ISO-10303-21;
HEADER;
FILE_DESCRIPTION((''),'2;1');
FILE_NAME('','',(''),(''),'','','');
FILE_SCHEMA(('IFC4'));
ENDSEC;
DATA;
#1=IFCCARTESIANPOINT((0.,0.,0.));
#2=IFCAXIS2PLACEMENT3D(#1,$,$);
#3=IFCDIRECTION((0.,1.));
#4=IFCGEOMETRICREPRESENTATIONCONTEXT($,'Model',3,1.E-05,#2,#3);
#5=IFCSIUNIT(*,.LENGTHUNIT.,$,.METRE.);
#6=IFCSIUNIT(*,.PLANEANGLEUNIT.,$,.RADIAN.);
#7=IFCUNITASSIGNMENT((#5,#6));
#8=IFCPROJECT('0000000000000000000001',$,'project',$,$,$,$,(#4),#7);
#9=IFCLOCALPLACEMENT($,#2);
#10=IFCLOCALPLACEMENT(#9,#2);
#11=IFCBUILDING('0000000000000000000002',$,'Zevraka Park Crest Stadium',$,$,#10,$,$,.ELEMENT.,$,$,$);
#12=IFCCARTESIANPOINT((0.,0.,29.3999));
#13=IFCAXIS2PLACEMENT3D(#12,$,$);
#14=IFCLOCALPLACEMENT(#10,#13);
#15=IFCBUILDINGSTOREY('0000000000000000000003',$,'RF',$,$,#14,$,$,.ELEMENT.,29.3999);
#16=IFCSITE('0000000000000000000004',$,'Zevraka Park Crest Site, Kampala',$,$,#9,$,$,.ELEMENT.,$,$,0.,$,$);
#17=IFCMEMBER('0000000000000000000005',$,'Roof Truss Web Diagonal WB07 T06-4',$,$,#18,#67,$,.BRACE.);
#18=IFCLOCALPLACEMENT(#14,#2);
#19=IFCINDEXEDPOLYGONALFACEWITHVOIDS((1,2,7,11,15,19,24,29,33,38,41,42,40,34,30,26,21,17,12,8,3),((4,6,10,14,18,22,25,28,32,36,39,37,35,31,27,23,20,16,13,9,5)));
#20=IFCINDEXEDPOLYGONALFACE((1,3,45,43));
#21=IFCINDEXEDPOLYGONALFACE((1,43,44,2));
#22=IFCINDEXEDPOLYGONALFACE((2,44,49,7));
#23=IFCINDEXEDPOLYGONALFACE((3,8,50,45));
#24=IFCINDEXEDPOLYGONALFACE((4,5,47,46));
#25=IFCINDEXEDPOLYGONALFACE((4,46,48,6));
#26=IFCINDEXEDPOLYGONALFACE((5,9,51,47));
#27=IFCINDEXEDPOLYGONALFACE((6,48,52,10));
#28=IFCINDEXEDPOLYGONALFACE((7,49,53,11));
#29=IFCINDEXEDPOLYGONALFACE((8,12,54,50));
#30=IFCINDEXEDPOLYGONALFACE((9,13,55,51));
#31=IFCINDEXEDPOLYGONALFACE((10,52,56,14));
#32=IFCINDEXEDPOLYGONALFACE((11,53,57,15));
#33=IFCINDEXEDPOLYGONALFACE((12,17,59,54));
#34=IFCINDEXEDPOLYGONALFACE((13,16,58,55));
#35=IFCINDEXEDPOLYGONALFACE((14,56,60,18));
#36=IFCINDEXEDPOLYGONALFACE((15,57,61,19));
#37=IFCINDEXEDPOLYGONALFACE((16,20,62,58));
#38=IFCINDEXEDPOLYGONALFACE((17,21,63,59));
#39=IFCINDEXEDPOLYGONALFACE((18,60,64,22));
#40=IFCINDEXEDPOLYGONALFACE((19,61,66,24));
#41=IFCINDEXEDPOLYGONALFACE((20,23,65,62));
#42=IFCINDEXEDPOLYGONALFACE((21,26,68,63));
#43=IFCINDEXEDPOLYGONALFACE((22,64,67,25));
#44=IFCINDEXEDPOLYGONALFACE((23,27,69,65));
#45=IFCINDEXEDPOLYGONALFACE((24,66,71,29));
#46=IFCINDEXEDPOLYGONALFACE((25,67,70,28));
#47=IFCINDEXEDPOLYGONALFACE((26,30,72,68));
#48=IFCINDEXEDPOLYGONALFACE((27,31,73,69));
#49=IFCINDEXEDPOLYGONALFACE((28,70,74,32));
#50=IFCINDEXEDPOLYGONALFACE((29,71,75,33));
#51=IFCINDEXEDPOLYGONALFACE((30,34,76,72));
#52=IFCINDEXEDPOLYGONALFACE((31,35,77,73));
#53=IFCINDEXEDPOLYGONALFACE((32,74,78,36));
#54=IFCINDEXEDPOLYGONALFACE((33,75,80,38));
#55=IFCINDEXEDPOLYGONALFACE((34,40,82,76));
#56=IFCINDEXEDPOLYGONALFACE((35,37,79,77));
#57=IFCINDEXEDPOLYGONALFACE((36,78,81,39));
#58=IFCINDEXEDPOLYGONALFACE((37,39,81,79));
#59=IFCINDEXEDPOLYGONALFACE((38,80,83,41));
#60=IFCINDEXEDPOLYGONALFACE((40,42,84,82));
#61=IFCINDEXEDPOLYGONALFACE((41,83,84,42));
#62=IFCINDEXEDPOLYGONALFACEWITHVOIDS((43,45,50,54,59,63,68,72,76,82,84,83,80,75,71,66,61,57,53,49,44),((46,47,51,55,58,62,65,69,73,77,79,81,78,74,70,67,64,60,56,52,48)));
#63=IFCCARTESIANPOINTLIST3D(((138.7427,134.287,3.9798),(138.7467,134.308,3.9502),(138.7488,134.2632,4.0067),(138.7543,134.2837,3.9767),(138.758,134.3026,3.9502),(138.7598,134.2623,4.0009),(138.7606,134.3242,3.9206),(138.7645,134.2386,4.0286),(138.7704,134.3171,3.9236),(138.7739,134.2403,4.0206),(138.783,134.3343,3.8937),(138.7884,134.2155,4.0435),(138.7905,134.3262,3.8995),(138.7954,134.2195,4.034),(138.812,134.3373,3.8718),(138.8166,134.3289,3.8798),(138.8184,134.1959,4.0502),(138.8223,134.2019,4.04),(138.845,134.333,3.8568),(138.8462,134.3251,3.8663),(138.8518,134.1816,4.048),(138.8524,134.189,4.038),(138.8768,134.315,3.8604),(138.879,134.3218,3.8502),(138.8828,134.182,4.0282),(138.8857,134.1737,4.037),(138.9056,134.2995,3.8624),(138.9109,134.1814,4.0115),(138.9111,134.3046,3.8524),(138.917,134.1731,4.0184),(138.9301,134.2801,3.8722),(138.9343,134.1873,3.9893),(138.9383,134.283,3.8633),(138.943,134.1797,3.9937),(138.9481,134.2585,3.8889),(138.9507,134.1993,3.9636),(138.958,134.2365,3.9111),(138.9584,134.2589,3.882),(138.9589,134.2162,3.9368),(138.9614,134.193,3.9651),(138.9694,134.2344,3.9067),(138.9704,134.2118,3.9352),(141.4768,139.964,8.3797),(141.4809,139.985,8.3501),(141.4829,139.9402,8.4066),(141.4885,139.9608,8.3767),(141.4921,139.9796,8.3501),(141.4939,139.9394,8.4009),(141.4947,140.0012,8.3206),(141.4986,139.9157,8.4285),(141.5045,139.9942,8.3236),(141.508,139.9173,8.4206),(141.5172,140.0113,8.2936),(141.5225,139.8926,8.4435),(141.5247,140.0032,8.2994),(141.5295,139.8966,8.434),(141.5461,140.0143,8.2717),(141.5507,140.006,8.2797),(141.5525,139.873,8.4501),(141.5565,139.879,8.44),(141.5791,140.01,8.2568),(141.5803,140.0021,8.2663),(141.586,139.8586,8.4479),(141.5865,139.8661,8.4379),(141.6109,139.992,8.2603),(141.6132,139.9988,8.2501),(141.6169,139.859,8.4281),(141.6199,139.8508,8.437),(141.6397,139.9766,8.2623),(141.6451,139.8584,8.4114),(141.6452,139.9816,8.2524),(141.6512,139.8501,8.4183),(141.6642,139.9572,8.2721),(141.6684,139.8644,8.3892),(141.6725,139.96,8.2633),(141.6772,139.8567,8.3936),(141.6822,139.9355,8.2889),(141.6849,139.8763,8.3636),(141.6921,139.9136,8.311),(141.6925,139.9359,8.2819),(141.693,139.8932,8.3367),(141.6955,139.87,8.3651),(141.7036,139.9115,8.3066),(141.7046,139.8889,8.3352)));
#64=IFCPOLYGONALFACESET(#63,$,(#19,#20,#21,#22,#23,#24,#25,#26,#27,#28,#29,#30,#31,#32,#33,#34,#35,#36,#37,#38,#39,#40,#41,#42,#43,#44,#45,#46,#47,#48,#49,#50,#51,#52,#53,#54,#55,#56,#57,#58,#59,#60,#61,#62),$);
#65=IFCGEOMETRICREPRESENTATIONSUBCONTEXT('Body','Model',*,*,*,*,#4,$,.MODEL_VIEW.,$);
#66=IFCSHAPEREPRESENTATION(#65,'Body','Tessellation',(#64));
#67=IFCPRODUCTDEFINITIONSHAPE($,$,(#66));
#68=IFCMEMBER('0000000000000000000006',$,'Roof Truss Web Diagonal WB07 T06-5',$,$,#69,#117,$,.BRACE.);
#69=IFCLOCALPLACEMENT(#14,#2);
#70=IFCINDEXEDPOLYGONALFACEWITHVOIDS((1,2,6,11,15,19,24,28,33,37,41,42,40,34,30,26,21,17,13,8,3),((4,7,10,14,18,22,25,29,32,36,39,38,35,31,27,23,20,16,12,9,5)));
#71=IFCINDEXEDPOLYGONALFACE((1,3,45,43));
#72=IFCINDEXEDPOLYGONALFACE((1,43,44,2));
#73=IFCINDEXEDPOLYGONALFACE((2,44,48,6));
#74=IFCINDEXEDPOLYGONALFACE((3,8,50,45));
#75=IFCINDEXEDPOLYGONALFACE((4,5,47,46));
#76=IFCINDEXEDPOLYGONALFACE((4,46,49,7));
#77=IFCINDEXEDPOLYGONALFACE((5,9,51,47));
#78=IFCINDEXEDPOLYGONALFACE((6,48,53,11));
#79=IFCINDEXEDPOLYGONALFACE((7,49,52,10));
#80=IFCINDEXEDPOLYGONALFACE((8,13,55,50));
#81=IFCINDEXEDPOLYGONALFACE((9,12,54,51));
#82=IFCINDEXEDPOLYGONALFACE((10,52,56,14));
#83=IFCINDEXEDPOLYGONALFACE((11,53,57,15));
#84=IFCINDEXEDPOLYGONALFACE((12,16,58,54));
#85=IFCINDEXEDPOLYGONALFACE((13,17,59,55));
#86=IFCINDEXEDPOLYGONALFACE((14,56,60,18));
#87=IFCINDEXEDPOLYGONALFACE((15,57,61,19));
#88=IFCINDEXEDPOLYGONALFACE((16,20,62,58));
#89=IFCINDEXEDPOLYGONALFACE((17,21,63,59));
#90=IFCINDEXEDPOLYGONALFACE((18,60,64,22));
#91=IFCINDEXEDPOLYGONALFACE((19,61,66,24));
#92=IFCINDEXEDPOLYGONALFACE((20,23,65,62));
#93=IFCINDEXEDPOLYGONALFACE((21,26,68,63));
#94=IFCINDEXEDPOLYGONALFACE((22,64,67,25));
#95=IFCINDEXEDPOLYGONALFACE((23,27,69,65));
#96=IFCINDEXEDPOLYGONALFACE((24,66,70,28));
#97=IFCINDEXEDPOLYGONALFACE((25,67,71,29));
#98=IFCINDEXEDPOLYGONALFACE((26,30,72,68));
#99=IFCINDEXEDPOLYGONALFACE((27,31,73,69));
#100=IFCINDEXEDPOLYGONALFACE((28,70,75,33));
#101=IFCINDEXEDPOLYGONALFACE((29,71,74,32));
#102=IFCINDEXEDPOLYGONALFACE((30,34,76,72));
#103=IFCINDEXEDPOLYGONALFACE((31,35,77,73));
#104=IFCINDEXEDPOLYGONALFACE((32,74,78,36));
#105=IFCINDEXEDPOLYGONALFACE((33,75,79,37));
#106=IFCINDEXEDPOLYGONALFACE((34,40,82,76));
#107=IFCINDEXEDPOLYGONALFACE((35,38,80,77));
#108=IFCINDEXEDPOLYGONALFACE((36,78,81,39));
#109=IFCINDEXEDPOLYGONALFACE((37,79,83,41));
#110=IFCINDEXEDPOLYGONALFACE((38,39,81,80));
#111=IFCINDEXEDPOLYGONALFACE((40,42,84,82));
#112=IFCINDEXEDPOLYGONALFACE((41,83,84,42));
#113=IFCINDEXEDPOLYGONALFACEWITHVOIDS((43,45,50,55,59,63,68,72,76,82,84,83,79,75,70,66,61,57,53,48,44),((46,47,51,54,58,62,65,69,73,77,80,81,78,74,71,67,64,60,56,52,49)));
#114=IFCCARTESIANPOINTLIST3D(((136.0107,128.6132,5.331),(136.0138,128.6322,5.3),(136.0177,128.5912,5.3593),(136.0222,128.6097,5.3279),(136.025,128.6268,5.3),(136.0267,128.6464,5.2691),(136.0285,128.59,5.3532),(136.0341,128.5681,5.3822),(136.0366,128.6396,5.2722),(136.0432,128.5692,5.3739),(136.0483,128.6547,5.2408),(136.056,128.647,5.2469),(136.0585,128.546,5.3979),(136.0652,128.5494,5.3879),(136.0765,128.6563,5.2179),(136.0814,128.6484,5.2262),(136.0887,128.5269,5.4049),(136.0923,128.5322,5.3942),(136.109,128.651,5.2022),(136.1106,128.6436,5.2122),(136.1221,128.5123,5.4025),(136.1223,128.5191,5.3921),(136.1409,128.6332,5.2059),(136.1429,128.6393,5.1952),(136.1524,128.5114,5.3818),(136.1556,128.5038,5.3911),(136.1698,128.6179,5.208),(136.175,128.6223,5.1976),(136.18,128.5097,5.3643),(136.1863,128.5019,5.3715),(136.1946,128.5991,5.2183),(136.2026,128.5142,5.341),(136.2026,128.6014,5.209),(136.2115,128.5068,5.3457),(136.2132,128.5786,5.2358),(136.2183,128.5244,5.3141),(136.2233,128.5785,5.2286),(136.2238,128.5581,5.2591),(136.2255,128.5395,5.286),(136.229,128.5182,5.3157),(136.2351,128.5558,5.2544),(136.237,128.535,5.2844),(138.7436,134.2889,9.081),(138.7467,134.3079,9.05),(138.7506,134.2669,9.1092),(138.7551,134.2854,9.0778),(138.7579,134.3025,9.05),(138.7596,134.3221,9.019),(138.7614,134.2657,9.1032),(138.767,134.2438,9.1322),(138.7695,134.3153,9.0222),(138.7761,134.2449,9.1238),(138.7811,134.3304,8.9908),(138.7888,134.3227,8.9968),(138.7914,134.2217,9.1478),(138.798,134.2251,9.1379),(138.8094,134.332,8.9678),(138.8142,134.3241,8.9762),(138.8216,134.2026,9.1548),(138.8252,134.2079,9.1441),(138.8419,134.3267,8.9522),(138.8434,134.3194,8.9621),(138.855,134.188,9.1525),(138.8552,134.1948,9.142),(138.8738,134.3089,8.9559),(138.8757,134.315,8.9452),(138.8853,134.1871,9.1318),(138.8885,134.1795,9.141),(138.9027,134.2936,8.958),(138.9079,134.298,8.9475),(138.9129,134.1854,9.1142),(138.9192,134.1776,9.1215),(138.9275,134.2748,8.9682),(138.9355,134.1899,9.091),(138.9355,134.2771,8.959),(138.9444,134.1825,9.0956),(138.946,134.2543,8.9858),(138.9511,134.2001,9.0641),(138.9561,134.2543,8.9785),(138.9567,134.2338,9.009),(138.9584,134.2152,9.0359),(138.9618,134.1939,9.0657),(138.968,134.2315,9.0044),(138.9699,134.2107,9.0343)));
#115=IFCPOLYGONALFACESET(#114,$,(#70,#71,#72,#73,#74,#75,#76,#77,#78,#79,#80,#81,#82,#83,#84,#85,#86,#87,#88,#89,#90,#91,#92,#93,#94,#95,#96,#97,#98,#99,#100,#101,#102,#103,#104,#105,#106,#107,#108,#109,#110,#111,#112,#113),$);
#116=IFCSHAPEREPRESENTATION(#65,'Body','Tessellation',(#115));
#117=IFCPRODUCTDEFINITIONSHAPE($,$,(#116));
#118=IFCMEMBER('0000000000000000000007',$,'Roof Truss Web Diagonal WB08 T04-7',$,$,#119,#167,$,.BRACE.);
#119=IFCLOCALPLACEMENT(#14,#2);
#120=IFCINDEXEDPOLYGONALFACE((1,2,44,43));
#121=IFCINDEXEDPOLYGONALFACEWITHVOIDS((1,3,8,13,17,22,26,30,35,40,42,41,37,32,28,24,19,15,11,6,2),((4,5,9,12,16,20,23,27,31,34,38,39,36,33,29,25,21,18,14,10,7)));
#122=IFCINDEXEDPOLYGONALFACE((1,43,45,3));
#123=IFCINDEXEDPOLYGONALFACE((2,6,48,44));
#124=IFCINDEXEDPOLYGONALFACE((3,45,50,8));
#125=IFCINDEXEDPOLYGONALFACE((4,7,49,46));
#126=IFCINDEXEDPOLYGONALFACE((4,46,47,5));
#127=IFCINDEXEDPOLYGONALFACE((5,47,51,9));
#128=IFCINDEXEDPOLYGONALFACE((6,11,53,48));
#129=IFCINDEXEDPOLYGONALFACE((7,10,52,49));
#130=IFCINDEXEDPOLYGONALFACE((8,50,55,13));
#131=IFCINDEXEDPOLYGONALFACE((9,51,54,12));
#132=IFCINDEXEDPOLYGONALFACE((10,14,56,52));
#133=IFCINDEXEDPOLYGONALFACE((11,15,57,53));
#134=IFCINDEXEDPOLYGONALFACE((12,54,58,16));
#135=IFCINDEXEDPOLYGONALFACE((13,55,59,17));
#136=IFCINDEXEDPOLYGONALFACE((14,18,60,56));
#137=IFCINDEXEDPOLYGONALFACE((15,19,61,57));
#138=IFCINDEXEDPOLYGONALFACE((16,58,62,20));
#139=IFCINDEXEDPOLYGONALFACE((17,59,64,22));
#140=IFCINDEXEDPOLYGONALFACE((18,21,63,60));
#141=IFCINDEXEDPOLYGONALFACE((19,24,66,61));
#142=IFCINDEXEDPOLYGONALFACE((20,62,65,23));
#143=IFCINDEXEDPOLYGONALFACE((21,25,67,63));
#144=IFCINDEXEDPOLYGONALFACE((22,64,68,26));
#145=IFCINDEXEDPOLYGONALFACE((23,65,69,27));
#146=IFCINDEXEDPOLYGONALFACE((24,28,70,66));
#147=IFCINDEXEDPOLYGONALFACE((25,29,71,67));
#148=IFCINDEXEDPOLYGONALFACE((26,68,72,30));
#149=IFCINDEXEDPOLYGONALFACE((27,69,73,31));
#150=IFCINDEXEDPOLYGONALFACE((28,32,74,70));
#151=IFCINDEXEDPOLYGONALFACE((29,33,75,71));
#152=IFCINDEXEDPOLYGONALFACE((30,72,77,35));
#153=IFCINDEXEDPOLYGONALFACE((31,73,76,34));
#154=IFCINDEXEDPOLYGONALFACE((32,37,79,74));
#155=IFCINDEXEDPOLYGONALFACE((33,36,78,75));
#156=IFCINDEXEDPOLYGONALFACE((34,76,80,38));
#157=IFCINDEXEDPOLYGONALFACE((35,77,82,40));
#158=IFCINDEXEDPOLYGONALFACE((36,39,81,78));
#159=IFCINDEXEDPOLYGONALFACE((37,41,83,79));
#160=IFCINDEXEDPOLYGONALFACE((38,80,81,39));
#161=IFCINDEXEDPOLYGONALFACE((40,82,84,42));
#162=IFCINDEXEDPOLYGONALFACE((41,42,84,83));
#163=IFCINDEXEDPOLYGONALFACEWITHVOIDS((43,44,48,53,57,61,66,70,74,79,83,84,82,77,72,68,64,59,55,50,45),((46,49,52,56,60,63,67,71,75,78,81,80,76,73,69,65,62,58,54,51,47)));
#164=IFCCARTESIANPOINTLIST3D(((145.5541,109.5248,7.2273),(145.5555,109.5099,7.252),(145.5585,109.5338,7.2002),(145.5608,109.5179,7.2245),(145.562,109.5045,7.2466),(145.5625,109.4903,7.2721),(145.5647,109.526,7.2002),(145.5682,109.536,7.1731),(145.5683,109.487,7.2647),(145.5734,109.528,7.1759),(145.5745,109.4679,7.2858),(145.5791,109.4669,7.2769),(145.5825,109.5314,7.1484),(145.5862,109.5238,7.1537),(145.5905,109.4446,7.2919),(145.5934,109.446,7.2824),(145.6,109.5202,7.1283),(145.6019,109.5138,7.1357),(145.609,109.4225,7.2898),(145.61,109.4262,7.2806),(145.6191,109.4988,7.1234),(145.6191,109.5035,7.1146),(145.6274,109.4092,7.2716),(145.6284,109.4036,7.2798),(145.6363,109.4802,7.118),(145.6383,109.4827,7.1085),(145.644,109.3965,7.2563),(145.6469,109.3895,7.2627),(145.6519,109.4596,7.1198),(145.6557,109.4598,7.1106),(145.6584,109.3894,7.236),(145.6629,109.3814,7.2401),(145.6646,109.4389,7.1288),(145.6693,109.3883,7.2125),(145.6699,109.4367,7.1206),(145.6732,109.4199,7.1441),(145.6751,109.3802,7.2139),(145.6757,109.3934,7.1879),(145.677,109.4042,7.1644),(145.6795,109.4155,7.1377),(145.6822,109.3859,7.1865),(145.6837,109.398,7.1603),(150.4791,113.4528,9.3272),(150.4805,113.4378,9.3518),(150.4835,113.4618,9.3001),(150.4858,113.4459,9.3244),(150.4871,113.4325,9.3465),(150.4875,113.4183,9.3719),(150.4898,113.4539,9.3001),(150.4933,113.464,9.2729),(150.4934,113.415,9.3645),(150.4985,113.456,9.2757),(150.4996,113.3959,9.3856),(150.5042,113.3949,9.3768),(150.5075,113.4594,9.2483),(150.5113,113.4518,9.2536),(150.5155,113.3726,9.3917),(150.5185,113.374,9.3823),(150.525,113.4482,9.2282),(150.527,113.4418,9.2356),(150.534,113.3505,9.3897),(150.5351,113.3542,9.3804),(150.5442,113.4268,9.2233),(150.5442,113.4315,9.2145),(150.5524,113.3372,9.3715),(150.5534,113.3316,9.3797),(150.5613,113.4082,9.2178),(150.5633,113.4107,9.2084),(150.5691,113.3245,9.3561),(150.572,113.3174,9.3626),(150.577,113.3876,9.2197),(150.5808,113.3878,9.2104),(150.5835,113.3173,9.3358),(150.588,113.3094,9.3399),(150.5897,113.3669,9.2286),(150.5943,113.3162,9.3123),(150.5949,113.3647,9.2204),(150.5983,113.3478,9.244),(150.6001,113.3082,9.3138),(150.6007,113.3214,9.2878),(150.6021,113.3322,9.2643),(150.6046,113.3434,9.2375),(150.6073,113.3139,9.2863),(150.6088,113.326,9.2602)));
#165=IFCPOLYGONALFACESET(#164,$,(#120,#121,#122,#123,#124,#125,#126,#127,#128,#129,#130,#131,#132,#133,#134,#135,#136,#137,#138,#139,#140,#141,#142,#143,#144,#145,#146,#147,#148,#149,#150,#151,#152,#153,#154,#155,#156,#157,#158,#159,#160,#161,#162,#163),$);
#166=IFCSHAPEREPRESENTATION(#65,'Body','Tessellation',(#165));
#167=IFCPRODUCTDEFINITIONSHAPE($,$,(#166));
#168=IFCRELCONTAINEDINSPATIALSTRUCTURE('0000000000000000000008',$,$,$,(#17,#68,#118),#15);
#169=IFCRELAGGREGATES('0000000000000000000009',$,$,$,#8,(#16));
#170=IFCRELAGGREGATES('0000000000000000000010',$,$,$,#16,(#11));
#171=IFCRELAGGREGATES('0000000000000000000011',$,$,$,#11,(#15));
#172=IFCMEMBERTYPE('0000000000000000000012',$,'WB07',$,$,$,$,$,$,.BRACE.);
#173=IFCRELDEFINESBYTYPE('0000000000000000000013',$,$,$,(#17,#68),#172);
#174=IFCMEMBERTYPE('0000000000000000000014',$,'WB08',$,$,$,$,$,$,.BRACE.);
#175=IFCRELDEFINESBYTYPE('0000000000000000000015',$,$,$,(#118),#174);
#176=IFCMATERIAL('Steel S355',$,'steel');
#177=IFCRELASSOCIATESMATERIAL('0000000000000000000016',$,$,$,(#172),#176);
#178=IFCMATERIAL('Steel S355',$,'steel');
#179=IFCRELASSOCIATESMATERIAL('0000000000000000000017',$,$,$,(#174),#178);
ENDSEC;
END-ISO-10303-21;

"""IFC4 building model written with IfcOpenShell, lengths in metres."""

from ifc_helpers import new_model, si_unit, direction, frame, origin, origin_2d, place, context, subcontext, project, spatial, hollow_circle, extrude, material, material_profile, profile_set, type_object, element, save


model = new_model("IFC4")

# Units and contexts
model_context = context("Model", 3, precision=1e-05, world=origin(), true_north=direction((0.0, 1.0)))
body_context = subcontext(model_context, "Body", "Model", "MODEL_VIEW")
ifc_project = project(units=[si_unit("LENGTHUNIT", "METRE"), si_unit("PLANEANGLEUNIT", "RADIAN")], contexts=[model_context])

# Site, building, storey
site_placement = place(None, origin())
site = spatial("IfcSite", under=ifc_project, at=site_placement, Name="Zevraka Park Crest Site, Kampala", CompositionType="ELEMENT", RefElevation=0.0)
building_placement = place(site_placement, origin())
building = spatial("IfcBuilding", under=site, at=building_placement, Name="Zevraka Park Crest Stadium", CompositionType="ELEMENT")
storey_placement = place(building_placement, frame((0.0, 0.0, 29.3999)))
storey = spatial("IfcBuildingStorey", under=building, at=storey_placement, Name="RF", CompositionType="ELEMENT", Elevation=29.3999)

# Members
ifc_material_1 = material(Name="Steel S355", Category="steel")
ifc_material_profile_1 = material_profile(ifc_material_1, hollow_circle(Radius=0.1223, WallThickness=0.0125, at=origin_2d()), Name="CHS 244.5x12.5")
ifc_profile_set_1 = profile_set([ifc_material_profile_1], Name="Steel S355")
member_type_1 = type_object("IfcMemberType", Name="WB07", PredefinedType="BRACE", material=ifc_profile_set_1)
member_1_placement = place(storey_placement, frame((138.8569, 134.2549, 3.9502), z_axis=(0.355764, 0.738689, 0.572513), x_axis=(-0.900955, 0.433913, 0.0)))
element("IfcMember", 1, at=member_1_placement, inside=storey, type_object=member_type_1, Name="Roof Truss Web Diagonal WB07 T06-4", PredefinedType="BRACE", context=body_context, shape_type="SweptSolid", body=[
    extrude(hollow_circle(Radius=0.1223, WallThickness=0.0125, at=origin_2d()), origin(), (0.0, 0.0, 1.0), 7.6853),
])
member_2_placement = place(storey_placement, frame((136.124, 128.5791, 5.3), z_axis=(0.37278, 0.7742, 0.511516), x_axis=(-0.900994, 0.433832, 0.0)))
element("IfcMember", 2, at=member_2_placement, inside=storey, type_object=member_type_1, Name="Roof Truss Web Diagonal WB07 T06-5", PredefinedType="BRACE", context=body_context, shape_type="SweptSolid", body=[
    extrude(hollow_circle(Radius=0.1223, WallThickness=0.0125, at=origin_2d()), origin(), (0.0, 0.0, 1.0), 7.3311),
])
ifc_material_2 = material(Name="Steel S355", Category="steel")
ifc_material_profile_2 = material_profile(ifc_material_2, hollow_circle(Radius=0.0969, WallThickness=0.01, at=origin_2d()), Name="CHS 193.7x10")
ifc_profile_set_2 = profile_set([ifc_material_profile_2], Name="Steel S355")
member_type_2 = type_object("IfcMemberType", Name="WB08", PredefinedType="BRACE", material=ifc_profile_set_2)
member_3_placement = place(storey_placement, frame((145.6189, 109.458, 7.2002), z_axis=(0.741683, 0.59153, 0.316225), x_axis=(-0.623527, 0.781802, 0.0)))
element("IfcMember", 3, at=member_3_placement, inside=storey, type_object=member_type_2, Name="Roof Truss Web Diagonal WB08 T04-7", PredefinedType="BRACE", context=body_context, shape_type="SweptSolid", body=[
    extrude(hollow_circle(Radius=0.0969, WallThickness=0.01, at=origin_2d()), origin(), (0.0, 0.0, 1.0), 6.6404),
])

save(model, "model.ifc")
